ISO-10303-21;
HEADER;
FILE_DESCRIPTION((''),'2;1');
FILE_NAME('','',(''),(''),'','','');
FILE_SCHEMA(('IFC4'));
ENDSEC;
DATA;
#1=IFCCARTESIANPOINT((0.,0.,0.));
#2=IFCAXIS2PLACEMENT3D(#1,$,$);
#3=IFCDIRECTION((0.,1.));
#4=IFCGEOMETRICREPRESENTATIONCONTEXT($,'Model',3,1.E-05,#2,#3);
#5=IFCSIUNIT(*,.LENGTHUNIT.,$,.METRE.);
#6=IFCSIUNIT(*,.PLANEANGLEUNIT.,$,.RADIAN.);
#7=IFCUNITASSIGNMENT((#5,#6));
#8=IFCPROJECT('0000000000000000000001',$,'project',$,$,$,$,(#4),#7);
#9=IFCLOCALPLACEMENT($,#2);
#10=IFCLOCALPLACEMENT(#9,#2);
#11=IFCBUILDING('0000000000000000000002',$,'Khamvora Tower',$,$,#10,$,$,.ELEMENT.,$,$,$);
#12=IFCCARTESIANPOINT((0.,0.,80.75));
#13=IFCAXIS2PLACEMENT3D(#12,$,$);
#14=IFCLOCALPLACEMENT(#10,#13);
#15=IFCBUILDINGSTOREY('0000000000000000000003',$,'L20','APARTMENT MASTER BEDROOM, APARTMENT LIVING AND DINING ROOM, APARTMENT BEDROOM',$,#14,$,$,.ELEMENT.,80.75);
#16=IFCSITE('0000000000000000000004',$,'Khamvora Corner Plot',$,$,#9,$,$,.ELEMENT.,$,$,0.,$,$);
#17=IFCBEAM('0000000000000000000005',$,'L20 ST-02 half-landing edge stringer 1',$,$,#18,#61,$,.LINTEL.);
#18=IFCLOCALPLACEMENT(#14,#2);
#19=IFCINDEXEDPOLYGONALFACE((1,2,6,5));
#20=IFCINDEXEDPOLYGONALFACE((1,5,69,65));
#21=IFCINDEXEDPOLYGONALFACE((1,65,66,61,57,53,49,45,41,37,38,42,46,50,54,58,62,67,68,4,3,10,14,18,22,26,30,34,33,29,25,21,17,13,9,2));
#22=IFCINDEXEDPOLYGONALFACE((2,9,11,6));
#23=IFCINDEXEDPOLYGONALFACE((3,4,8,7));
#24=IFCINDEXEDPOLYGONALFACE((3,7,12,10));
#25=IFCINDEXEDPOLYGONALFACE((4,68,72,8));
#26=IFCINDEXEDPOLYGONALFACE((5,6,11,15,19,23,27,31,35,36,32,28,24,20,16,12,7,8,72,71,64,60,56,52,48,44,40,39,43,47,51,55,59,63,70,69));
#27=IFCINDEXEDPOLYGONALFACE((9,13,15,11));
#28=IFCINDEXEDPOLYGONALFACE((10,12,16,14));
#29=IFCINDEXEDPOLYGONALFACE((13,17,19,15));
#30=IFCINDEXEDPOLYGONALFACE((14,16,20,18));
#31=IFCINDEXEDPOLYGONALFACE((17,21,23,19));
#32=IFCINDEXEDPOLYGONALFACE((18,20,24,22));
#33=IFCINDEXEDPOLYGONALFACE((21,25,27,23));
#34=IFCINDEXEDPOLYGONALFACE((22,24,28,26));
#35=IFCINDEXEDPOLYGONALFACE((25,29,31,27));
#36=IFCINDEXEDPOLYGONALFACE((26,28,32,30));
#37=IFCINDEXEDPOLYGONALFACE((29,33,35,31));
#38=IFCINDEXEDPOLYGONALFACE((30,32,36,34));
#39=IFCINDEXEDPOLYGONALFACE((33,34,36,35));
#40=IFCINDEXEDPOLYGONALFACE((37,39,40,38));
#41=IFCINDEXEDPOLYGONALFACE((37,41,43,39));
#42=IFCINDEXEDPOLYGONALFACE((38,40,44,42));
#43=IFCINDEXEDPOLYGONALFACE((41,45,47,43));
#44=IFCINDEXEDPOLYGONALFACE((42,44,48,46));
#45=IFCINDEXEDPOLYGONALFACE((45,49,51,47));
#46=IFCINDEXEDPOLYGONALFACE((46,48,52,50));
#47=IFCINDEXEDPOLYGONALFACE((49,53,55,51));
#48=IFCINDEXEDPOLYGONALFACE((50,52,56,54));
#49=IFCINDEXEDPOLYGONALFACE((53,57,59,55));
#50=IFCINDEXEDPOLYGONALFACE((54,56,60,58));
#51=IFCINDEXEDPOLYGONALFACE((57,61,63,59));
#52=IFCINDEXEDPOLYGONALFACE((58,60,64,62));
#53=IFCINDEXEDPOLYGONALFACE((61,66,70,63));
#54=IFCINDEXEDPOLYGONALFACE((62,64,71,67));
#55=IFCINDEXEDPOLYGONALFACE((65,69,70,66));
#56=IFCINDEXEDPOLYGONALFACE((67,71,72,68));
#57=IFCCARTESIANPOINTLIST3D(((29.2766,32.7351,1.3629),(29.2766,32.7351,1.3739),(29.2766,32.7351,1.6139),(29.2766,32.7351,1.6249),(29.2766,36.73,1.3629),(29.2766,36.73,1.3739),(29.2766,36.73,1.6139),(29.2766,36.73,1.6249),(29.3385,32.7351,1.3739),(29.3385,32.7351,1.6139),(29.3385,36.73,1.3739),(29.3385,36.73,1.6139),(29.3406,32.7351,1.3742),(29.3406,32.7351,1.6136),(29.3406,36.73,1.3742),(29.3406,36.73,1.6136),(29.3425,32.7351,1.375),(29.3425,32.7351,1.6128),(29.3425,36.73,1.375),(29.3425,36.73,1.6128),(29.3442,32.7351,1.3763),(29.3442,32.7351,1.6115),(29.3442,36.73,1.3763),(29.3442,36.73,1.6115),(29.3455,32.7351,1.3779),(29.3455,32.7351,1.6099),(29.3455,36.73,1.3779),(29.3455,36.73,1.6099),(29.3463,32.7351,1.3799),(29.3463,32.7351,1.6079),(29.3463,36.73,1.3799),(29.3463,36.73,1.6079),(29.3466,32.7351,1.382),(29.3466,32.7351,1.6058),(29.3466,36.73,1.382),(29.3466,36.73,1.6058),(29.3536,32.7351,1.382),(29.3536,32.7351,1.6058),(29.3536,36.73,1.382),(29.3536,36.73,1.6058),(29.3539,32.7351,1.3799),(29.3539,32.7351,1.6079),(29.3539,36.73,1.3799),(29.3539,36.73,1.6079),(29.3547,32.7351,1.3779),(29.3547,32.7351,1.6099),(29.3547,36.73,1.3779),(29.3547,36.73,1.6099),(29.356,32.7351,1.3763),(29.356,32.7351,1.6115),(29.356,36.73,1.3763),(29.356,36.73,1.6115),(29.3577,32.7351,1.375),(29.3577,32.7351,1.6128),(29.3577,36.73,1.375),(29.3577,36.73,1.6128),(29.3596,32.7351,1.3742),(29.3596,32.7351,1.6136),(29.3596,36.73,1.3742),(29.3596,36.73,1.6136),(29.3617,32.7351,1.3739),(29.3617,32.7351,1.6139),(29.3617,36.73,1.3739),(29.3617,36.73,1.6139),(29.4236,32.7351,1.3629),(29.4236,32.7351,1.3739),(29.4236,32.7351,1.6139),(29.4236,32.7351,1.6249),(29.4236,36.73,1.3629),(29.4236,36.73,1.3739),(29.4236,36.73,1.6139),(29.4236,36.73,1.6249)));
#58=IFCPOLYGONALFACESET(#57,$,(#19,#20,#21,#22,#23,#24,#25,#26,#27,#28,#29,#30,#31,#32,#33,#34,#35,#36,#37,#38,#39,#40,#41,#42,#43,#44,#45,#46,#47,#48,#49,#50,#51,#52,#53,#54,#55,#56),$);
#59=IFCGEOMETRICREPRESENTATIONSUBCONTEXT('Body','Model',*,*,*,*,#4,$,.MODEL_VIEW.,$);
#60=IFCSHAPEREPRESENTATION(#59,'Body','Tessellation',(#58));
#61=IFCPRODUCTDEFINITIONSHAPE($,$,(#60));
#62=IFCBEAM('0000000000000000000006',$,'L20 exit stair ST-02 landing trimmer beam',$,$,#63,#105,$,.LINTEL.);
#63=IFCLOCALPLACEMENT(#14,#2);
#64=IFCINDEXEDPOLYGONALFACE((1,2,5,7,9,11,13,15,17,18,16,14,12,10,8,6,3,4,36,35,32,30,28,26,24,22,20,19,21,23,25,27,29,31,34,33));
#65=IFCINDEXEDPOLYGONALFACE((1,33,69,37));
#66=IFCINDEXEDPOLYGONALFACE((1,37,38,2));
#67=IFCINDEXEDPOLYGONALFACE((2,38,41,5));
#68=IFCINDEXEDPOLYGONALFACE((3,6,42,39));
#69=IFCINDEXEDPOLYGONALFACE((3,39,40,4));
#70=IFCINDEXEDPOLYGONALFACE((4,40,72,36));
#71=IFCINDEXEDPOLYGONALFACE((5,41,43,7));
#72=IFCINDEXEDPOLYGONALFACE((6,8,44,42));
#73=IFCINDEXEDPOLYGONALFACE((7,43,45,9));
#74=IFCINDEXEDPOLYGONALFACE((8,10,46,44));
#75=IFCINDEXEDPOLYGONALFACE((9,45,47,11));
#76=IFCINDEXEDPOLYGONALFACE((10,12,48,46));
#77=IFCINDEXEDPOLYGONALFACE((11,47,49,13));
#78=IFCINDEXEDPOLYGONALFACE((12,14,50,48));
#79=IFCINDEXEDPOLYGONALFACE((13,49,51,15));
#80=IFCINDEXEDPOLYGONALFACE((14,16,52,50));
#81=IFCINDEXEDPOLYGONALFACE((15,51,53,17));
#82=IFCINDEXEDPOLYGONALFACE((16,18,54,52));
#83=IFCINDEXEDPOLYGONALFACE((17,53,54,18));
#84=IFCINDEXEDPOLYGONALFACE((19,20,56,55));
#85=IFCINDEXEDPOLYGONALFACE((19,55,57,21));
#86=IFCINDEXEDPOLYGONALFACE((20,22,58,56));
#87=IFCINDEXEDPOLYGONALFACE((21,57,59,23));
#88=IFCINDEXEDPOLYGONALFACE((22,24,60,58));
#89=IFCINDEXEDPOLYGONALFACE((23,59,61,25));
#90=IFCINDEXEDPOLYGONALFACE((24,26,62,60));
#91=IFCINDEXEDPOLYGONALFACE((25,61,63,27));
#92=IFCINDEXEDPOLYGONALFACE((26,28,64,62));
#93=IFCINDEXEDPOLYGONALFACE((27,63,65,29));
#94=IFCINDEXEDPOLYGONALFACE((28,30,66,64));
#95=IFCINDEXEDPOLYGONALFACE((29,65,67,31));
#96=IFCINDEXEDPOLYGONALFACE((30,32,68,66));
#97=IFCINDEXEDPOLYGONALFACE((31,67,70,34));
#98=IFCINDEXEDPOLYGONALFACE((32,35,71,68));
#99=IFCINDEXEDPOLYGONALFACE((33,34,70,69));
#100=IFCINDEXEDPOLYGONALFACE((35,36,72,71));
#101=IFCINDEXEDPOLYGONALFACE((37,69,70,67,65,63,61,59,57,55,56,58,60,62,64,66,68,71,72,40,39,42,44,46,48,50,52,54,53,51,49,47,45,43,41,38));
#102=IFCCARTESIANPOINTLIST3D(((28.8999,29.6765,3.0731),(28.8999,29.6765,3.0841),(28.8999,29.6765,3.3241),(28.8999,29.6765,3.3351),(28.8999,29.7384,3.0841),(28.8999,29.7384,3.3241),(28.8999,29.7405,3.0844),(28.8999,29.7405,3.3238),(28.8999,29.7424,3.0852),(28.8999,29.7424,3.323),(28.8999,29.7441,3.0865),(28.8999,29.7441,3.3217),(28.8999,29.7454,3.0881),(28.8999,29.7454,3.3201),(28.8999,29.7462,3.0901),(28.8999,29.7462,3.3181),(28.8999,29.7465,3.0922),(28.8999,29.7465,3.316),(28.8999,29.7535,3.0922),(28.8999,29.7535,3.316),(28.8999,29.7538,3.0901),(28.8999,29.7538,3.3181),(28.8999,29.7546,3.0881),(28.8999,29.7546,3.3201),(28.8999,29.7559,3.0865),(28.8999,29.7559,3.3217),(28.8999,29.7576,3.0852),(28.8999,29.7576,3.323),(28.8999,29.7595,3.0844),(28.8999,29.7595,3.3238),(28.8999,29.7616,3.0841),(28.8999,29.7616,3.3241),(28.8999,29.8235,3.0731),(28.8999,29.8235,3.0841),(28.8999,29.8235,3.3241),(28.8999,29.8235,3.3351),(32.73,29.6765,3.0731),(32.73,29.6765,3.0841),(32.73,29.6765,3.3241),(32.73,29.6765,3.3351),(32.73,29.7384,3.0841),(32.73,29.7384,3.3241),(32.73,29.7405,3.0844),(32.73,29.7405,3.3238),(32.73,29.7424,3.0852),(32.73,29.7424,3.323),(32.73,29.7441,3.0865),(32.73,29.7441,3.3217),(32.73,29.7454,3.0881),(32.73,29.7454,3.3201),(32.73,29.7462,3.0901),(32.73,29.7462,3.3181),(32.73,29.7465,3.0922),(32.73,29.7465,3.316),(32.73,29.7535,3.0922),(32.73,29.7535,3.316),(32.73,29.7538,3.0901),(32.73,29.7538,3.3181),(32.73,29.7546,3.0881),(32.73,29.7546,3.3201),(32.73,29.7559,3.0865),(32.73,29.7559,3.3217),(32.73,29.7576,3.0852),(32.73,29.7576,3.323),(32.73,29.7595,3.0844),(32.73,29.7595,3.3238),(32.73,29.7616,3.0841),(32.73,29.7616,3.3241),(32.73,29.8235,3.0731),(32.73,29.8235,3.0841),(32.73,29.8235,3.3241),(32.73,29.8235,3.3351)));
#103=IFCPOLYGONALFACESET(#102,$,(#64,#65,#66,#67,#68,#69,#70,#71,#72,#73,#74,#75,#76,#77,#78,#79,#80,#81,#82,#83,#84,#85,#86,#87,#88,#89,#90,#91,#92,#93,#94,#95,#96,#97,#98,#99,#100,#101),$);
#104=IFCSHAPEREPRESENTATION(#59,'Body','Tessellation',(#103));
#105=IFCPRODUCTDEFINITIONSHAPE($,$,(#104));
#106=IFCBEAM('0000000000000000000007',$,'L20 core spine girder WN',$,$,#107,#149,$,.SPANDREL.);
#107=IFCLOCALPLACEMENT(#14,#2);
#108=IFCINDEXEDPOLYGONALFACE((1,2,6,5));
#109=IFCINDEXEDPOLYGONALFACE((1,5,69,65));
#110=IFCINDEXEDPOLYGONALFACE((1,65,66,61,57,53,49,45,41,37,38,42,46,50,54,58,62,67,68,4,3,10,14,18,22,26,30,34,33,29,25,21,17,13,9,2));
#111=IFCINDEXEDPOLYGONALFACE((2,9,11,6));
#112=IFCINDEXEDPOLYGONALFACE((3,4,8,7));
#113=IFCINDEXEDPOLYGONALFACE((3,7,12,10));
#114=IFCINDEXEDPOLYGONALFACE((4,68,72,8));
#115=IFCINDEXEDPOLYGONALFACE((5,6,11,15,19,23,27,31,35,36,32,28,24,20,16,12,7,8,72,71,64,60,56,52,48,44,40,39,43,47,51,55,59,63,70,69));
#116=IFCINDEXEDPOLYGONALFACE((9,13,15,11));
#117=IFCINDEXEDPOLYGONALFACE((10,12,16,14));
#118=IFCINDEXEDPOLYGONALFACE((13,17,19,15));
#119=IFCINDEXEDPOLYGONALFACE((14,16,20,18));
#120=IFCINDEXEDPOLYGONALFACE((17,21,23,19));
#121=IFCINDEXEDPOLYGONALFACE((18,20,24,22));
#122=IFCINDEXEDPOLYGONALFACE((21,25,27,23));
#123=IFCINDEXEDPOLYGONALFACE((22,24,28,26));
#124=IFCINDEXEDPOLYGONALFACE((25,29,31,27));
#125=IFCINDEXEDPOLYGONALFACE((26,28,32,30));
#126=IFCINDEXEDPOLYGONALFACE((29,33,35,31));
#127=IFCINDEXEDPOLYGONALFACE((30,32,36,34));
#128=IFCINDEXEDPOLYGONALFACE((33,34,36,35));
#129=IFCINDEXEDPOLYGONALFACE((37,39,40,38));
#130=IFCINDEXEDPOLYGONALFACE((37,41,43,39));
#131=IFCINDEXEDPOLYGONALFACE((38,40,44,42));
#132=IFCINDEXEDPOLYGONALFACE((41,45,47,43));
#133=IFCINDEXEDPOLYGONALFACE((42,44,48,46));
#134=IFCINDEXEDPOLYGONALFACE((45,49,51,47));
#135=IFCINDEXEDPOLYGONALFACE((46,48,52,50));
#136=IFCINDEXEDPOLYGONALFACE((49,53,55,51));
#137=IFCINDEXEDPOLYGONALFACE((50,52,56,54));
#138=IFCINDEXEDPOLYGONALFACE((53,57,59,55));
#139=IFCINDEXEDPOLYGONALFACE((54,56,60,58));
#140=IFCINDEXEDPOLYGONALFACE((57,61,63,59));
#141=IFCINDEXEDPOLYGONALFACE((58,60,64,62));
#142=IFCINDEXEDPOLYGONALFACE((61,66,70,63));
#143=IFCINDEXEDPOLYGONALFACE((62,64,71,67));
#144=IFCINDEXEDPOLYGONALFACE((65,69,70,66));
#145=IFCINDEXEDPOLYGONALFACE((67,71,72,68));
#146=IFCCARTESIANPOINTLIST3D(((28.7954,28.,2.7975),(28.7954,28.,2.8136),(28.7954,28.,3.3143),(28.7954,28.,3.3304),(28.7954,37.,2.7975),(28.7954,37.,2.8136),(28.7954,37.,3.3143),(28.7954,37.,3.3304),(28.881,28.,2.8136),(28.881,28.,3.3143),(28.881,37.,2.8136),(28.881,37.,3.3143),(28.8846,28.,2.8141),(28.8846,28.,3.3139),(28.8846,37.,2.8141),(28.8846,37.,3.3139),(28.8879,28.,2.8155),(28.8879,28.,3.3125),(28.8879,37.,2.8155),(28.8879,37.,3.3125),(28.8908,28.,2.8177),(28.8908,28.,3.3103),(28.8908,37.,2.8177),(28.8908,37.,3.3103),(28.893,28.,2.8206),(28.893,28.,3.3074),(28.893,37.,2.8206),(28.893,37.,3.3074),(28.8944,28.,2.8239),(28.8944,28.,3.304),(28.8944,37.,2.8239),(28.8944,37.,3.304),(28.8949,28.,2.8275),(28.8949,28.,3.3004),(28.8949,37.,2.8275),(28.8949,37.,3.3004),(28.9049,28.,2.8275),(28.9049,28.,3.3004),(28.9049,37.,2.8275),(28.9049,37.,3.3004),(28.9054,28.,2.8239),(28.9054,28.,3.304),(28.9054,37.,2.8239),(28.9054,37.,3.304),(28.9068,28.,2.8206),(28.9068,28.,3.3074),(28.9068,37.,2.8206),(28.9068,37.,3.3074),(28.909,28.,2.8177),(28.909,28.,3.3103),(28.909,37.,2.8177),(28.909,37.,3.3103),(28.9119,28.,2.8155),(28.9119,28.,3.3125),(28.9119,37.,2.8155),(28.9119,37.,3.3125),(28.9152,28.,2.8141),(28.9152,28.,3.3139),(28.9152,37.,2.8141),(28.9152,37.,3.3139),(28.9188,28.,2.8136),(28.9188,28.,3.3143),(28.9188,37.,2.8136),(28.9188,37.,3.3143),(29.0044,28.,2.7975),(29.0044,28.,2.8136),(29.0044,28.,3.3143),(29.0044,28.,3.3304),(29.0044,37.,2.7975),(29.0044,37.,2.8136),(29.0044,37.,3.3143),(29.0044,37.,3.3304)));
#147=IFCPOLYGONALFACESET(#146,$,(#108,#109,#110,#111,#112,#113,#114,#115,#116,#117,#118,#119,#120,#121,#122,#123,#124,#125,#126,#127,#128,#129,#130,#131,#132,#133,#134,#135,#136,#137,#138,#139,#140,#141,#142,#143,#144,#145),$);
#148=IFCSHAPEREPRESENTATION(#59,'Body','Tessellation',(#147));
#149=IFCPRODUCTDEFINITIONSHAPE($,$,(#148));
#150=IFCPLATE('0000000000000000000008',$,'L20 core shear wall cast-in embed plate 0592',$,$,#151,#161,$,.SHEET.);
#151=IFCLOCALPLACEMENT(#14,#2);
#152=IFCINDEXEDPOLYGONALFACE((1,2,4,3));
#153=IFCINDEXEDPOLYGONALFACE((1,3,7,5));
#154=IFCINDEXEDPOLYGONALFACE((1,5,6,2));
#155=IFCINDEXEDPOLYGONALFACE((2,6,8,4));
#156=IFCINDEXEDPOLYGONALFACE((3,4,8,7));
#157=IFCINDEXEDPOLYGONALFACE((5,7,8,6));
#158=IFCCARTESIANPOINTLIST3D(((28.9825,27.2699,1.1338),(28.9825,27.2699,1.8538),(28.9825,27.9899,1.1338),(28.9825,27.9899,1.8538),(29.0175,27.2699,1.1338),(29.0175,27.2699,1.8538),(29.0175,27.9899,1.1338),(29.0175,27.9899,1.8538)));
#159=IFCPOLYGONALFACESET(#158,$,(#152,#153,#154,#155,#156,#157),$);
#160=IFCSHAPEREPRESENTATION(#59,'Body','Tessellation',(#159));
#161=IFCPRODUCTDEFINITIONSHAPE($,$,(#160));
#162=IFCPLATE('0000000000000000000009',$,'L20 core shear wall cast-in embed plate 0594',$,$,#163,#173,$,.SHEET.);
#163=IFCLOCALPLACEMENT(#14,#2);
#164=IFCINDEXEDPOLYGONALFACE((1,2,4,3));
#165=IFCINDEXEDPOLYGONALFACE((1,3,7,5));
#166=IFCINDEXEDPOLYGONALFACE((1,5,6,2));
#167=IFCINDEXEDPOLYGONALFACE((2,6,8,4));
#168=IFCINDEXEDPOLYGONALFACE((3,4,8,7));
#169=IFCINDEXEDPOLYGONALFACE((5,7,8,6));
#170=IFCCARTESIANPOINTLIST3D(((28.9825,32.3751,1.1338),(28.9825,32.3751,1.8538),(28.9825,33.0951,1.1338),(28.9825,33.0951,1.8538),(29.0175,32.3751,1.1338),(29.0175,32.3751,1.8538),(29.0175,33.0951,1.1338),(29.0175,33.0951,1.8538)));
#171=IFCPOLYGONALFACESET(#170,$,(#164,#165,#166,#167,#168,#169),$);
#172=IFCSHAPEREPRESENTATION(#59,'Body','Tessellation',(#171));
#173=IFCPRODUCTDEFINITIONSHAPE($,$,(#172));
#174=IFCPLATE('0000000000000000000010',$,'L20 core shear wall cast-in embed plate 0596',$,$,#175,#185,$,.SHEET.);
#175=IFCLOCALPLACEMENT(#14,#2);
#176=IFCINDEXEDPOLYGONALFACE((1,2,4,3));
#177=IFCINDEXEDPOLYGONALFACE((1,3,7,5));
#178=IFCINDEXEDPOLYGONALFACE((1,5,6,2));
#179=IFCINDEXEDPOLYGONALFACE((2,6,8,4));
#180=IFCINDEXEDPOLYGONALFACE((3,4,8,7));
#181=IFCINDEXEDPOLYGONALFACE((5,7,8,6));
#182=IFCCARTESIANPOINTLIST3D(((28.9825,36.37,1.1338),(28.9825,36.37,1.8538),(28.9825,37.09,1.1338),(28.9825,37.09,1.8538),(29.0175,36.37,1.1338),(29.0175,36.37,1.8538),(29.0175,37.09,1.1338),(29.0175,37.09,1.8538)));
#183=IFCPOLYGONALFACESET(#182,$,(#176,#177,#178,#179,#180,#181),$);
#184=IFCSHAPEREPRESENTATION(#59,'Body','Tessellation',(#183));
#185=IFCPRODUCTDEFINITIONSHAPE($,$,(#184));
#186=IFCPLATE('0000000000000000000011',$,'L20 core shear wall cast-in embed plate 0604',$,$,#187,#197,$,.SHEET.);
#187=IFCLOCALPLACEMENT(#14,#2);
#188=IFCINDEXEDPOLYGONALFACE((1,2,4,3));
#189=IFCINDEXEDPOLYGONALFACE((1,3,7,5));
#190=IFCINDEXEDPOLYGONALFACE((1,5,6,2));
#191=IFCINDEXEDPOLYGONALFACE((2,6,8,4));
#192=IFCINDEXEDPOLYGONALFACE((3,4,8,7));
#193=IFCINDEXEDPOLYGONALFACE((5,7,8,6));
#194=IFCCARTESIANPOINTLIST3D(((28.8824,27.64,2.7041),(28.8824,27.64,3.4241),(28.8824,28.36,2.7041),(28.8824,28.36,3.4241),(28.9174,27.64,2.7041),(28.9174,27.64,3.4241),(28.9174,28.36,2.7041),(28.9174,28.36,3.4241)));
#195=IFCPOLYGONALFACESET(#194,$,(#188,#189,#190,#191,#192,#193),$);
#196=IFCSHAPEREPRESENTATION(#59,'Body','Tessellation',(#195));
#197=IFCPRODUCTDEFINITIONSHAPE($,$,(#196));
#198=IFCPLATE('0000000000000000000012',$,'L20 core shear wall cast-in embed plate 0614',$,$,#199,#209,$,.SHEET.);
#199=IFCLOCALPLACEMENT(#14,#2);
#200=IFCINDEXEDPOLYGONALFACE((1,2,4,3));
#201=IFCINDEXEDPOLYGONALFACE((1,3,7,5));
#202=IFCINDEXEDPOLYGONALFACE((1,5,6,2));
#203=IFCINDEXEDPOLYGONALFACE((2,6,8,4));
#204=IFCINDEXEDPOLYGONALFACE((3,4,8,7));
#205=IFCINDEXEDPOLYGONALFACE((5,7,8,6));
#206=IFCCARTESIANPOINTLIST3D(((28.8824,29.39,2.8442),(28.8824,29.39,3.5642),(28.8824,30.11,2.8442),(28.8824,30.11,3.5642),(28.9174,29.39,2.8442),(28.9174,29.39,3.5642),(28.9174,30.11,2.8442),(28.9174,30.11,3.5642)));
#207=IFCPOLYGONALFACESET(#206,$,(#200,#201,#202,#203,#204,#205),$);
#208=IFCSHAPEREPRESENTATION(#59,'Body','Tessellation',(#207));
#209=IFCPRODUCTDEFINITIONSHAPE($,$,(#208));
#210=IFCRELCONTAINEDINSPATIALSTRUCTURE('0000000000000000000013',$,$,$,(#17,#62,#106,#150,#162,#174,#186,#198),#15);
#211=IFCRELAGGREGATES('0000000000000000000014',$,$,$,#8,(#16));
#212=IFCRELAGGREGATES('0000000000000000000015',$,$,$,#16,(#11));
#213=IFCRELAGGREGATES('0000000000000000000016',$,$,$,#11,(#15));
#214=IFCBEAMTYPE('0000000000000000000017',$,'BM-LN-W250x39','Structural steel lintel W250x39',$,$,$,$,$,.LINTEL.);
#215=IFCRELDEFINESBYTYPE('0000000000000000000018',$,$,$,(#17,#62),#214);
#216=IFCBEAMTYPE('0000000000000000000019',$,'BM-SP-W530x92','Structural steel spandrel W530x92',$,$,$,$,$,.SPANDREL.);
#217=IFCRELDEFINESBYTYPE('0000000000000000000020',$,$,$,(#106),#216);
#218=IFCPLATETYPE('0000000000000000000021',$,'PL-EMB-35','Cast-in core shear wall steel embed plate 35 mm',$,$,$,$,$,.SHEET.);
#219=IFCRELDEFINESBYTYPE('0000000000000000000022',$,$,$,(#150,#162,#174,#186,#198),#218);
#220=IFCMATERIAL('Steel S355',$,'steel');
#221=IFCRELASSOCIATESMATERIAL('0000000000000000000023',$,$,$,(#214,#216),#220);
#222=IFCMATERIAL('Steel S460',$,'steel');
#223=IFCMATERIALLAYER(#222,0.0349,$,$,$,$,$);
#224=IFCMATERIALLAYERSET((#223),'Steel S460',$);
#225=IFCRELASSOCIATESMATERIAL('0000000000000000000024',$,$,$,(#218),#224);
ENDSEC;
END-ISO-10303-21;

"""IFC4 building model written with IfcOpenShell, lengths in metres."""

from ifc_helpers import new_model, si_unit, direction, frame, origin, origin_2d, place, context, subcontext, project, spatial, rectangle, i_section, extrude, material, layer, layer_set, material_profile, profile_set, type_object, element, save


model = new_model("IFC4")

# Units and contexts
model_context = context("Model", 3, precision=1e-05, world=origin(), true_north=direction((0.0, 1.0)))
body_context = subcontext(model_context, "Body", "Model", "MODEL_VIEW")
ifc_project = project(units=[si_unit("LENGTHUNIT", "METRE"), si_unit("PLANEANGLEUNIT", "RADIAN")], contexts=[model_context])

# Site, building, storey
site_placement = place(None, origin())
site = spatial("IfcSite", under=ifc_project, at=site_placement, Name="Khamvora Corner Plot", CompositionType="ELEMENT", RefElevation=0.0)
building_placement = place(site_placement, origin())
building = spatial("IfcBuilding", under=site, at=building_placement, Name="Khamvora Tower", CompositionType="ELEMENT")
storey_placement = place(building_placement, frame((0.0, 0.0, 80.75)))
storey = spatial("IfcBuildingStorey", under=building, at=storey_placement, Name="L20", Description="APARTMENT MASTER BEDROOM, APARTMENT LIVING AND DINING ROOM, APARTMENT BEDROOM", CompositionType="ELEMENT", Elevation=80.75)

# Shared definitions
ifc_material_1 = material(Name="Steel S460", Category="steel")

# Beams
ifc_material_2 = material(Name="Steel S355", Category="steel")
ifc_material_profile_1 = material_profile(ifc_material_2, i_section(OverallWidth=0.147, OverallDepth=0.262, WebThickness=0.0071, FlangeThickness=0.011, FilletRadius=0.0081, at=origin_2d()), Name="W250x39")
ifc_profile_set_1 = profile_set([ifc_material_profile_1], Name="Steel S355")
beam_type_1 = type_object("IfcBeamType", Name="BM-LN-W250x39", Description="Structural steel lintel W250x39", PredefinedType="LINTEL", material=ifc_profile_set_1)
beam_1_placement = place(storey_placement, frame((29.3501, 32.7351, 1.4939), z_axis=(0.0, 1.0, 0.0), x_axis=(-1.0, 0.0, 0.0)))
element("IfcBeam", 1, at=beam_1_placement, inside=storey, type_object=beam_type_1, Name="L20 ST-02 half-landing edge stringer 1", PredefinedType="LINTEL", context=body_context, shape_type="SweptSolid", body=[
    extrude(i_section(OverallWidth=0.147, OverallDepth=0.262, WebThickness=0.0071, FlangeThickness=0.011, FilletRadius=0.0081, at=origin_2d()), origin(), (0.0, 0.0, 1.0), 3.9949),
])
beam_2_placement = place(storey_placement, frame((28.8999, 29.75, 3.2041), z_axis=(1.0, 0.0, 0.0), x_axis=(0.0, 1.0, 0.0)))
element("IfcBeam", 2, at=beam_2_placement, inside=storey, type_object=beam_type_1, Name="L20 exit stair ST-02 landing trimmer beam", PredefinedType="LINTEL", context=body_context, shape_type="SweptSolid", body=[
    extrude(i_section(OverallWidth=0.147, OverallDepth=0.262, WebThickness=0.0071, FlangeThickness=0.011, FilletRadius=0.0081, at=origin_2d()), origin(), (0.0, 0.0, 1.0), 3.8301),
])
ifc_material_profile_2 = material_profile(ifc_material_2, i_section(OverallWidth=0.209, OverallDepth=0.533, WebThickness=0.01, FlangeThickness=0.0161, FilletRadius=0.0139, at=origin_2d()), Name="W530x92")
ifc_profile_set_2 = profile_set([ifc_material_profile_2], Name="Steel S355")
beam_type_2 = type_object("IfcBeamType", Name="BM-SP-W530x92", Description="Structural steel spandrel W530x92", PredefinedType="SPANDREL", material=ifc_profile_set_2)
beam_3_placement = place(storey_placement, frame((28.8999, 28.0, 3.064), z_axis=(0.0, 1.0, 0.0), x_axis=(-1.0, 0.0, 0.0)))
element("IfcBeam", 3, at=beam_3_placement, inside=storey, type_object=beam_type_2, Name="L20 core spine girder WN", PredefinedType="SPANDREL", context=body_context, shape_type="SweptSolid", body=[
    extrude(i_section(OverallWidth=0.209, OverallDepth=0.533, WebThickness=0.01, FlangeThickness=0.0161, FilletRadius=0.0139, at=origin_2d()), origin(), (0.0, 0.0, 1.0), 9.0),
])

# Plates
ifc_layer_1 = layer(ifc_material_1, 0.0349)
ifc_layer_set_1 = layer_set([ifc_layer_1], Name="Steel S460")
plate_type = type_object("IfcPlateType", Name="PL-EMB-35", Description="Cast-in core shear wall steel embed plate 35 mm", PredefinedType="SHEET", material=ifc_layer_set_1)
for number, where, z_axis, x_axis, name in (
    (4, (29.0, 27.6299, 1.1338), (0.0, 0.0, 1.0), (1.0, 0.0, 0.0), "L20 core shear wall cast-in embed plate 0592"),
    (5, (29.0, 32.7351, 1.1338), (0.0, 0.0, 1.0), (1.0, 0.0, 0.0), "L20 core shear wall cast-in embed plate 0594"),
    (6, (29.0, 36.73, 1.1338), (0.0, 0.0, 1.0), (1.0, 0.0, 0.0), "L20 core shear wall cast-in embed plate 0596"),
    (7, (28.8999, 28.0, 2.7041), (0.0, 0.0, 1.0), (1.0, 0.0, 0.0), "L20 core shear wall cast-in embed plate 0604"),
    (8, (28.8999, 29.75, 2.8442), (0.0, 0.0, 1.0), (1.0, 0.0, 0.0), "L20 core shear wall cast-in embed plate 0614"),
):
    element("IfcPlate", number, at=place(storey_placement, frame(where, z_axis=z_axis, x_axis=x_axis)), inside=storey, type_object=plate_type, Name=name, PredefinedType="SHEET", context=body_context, shape_type="SweptSolid", body=[
        extrude(rectangle(XDim=0.0349, YDim=0.72, at=origin_2d()), origin(), (0.0, 0.0, 1.0), 0.72),
    ])

save(model, "model.ifc")
